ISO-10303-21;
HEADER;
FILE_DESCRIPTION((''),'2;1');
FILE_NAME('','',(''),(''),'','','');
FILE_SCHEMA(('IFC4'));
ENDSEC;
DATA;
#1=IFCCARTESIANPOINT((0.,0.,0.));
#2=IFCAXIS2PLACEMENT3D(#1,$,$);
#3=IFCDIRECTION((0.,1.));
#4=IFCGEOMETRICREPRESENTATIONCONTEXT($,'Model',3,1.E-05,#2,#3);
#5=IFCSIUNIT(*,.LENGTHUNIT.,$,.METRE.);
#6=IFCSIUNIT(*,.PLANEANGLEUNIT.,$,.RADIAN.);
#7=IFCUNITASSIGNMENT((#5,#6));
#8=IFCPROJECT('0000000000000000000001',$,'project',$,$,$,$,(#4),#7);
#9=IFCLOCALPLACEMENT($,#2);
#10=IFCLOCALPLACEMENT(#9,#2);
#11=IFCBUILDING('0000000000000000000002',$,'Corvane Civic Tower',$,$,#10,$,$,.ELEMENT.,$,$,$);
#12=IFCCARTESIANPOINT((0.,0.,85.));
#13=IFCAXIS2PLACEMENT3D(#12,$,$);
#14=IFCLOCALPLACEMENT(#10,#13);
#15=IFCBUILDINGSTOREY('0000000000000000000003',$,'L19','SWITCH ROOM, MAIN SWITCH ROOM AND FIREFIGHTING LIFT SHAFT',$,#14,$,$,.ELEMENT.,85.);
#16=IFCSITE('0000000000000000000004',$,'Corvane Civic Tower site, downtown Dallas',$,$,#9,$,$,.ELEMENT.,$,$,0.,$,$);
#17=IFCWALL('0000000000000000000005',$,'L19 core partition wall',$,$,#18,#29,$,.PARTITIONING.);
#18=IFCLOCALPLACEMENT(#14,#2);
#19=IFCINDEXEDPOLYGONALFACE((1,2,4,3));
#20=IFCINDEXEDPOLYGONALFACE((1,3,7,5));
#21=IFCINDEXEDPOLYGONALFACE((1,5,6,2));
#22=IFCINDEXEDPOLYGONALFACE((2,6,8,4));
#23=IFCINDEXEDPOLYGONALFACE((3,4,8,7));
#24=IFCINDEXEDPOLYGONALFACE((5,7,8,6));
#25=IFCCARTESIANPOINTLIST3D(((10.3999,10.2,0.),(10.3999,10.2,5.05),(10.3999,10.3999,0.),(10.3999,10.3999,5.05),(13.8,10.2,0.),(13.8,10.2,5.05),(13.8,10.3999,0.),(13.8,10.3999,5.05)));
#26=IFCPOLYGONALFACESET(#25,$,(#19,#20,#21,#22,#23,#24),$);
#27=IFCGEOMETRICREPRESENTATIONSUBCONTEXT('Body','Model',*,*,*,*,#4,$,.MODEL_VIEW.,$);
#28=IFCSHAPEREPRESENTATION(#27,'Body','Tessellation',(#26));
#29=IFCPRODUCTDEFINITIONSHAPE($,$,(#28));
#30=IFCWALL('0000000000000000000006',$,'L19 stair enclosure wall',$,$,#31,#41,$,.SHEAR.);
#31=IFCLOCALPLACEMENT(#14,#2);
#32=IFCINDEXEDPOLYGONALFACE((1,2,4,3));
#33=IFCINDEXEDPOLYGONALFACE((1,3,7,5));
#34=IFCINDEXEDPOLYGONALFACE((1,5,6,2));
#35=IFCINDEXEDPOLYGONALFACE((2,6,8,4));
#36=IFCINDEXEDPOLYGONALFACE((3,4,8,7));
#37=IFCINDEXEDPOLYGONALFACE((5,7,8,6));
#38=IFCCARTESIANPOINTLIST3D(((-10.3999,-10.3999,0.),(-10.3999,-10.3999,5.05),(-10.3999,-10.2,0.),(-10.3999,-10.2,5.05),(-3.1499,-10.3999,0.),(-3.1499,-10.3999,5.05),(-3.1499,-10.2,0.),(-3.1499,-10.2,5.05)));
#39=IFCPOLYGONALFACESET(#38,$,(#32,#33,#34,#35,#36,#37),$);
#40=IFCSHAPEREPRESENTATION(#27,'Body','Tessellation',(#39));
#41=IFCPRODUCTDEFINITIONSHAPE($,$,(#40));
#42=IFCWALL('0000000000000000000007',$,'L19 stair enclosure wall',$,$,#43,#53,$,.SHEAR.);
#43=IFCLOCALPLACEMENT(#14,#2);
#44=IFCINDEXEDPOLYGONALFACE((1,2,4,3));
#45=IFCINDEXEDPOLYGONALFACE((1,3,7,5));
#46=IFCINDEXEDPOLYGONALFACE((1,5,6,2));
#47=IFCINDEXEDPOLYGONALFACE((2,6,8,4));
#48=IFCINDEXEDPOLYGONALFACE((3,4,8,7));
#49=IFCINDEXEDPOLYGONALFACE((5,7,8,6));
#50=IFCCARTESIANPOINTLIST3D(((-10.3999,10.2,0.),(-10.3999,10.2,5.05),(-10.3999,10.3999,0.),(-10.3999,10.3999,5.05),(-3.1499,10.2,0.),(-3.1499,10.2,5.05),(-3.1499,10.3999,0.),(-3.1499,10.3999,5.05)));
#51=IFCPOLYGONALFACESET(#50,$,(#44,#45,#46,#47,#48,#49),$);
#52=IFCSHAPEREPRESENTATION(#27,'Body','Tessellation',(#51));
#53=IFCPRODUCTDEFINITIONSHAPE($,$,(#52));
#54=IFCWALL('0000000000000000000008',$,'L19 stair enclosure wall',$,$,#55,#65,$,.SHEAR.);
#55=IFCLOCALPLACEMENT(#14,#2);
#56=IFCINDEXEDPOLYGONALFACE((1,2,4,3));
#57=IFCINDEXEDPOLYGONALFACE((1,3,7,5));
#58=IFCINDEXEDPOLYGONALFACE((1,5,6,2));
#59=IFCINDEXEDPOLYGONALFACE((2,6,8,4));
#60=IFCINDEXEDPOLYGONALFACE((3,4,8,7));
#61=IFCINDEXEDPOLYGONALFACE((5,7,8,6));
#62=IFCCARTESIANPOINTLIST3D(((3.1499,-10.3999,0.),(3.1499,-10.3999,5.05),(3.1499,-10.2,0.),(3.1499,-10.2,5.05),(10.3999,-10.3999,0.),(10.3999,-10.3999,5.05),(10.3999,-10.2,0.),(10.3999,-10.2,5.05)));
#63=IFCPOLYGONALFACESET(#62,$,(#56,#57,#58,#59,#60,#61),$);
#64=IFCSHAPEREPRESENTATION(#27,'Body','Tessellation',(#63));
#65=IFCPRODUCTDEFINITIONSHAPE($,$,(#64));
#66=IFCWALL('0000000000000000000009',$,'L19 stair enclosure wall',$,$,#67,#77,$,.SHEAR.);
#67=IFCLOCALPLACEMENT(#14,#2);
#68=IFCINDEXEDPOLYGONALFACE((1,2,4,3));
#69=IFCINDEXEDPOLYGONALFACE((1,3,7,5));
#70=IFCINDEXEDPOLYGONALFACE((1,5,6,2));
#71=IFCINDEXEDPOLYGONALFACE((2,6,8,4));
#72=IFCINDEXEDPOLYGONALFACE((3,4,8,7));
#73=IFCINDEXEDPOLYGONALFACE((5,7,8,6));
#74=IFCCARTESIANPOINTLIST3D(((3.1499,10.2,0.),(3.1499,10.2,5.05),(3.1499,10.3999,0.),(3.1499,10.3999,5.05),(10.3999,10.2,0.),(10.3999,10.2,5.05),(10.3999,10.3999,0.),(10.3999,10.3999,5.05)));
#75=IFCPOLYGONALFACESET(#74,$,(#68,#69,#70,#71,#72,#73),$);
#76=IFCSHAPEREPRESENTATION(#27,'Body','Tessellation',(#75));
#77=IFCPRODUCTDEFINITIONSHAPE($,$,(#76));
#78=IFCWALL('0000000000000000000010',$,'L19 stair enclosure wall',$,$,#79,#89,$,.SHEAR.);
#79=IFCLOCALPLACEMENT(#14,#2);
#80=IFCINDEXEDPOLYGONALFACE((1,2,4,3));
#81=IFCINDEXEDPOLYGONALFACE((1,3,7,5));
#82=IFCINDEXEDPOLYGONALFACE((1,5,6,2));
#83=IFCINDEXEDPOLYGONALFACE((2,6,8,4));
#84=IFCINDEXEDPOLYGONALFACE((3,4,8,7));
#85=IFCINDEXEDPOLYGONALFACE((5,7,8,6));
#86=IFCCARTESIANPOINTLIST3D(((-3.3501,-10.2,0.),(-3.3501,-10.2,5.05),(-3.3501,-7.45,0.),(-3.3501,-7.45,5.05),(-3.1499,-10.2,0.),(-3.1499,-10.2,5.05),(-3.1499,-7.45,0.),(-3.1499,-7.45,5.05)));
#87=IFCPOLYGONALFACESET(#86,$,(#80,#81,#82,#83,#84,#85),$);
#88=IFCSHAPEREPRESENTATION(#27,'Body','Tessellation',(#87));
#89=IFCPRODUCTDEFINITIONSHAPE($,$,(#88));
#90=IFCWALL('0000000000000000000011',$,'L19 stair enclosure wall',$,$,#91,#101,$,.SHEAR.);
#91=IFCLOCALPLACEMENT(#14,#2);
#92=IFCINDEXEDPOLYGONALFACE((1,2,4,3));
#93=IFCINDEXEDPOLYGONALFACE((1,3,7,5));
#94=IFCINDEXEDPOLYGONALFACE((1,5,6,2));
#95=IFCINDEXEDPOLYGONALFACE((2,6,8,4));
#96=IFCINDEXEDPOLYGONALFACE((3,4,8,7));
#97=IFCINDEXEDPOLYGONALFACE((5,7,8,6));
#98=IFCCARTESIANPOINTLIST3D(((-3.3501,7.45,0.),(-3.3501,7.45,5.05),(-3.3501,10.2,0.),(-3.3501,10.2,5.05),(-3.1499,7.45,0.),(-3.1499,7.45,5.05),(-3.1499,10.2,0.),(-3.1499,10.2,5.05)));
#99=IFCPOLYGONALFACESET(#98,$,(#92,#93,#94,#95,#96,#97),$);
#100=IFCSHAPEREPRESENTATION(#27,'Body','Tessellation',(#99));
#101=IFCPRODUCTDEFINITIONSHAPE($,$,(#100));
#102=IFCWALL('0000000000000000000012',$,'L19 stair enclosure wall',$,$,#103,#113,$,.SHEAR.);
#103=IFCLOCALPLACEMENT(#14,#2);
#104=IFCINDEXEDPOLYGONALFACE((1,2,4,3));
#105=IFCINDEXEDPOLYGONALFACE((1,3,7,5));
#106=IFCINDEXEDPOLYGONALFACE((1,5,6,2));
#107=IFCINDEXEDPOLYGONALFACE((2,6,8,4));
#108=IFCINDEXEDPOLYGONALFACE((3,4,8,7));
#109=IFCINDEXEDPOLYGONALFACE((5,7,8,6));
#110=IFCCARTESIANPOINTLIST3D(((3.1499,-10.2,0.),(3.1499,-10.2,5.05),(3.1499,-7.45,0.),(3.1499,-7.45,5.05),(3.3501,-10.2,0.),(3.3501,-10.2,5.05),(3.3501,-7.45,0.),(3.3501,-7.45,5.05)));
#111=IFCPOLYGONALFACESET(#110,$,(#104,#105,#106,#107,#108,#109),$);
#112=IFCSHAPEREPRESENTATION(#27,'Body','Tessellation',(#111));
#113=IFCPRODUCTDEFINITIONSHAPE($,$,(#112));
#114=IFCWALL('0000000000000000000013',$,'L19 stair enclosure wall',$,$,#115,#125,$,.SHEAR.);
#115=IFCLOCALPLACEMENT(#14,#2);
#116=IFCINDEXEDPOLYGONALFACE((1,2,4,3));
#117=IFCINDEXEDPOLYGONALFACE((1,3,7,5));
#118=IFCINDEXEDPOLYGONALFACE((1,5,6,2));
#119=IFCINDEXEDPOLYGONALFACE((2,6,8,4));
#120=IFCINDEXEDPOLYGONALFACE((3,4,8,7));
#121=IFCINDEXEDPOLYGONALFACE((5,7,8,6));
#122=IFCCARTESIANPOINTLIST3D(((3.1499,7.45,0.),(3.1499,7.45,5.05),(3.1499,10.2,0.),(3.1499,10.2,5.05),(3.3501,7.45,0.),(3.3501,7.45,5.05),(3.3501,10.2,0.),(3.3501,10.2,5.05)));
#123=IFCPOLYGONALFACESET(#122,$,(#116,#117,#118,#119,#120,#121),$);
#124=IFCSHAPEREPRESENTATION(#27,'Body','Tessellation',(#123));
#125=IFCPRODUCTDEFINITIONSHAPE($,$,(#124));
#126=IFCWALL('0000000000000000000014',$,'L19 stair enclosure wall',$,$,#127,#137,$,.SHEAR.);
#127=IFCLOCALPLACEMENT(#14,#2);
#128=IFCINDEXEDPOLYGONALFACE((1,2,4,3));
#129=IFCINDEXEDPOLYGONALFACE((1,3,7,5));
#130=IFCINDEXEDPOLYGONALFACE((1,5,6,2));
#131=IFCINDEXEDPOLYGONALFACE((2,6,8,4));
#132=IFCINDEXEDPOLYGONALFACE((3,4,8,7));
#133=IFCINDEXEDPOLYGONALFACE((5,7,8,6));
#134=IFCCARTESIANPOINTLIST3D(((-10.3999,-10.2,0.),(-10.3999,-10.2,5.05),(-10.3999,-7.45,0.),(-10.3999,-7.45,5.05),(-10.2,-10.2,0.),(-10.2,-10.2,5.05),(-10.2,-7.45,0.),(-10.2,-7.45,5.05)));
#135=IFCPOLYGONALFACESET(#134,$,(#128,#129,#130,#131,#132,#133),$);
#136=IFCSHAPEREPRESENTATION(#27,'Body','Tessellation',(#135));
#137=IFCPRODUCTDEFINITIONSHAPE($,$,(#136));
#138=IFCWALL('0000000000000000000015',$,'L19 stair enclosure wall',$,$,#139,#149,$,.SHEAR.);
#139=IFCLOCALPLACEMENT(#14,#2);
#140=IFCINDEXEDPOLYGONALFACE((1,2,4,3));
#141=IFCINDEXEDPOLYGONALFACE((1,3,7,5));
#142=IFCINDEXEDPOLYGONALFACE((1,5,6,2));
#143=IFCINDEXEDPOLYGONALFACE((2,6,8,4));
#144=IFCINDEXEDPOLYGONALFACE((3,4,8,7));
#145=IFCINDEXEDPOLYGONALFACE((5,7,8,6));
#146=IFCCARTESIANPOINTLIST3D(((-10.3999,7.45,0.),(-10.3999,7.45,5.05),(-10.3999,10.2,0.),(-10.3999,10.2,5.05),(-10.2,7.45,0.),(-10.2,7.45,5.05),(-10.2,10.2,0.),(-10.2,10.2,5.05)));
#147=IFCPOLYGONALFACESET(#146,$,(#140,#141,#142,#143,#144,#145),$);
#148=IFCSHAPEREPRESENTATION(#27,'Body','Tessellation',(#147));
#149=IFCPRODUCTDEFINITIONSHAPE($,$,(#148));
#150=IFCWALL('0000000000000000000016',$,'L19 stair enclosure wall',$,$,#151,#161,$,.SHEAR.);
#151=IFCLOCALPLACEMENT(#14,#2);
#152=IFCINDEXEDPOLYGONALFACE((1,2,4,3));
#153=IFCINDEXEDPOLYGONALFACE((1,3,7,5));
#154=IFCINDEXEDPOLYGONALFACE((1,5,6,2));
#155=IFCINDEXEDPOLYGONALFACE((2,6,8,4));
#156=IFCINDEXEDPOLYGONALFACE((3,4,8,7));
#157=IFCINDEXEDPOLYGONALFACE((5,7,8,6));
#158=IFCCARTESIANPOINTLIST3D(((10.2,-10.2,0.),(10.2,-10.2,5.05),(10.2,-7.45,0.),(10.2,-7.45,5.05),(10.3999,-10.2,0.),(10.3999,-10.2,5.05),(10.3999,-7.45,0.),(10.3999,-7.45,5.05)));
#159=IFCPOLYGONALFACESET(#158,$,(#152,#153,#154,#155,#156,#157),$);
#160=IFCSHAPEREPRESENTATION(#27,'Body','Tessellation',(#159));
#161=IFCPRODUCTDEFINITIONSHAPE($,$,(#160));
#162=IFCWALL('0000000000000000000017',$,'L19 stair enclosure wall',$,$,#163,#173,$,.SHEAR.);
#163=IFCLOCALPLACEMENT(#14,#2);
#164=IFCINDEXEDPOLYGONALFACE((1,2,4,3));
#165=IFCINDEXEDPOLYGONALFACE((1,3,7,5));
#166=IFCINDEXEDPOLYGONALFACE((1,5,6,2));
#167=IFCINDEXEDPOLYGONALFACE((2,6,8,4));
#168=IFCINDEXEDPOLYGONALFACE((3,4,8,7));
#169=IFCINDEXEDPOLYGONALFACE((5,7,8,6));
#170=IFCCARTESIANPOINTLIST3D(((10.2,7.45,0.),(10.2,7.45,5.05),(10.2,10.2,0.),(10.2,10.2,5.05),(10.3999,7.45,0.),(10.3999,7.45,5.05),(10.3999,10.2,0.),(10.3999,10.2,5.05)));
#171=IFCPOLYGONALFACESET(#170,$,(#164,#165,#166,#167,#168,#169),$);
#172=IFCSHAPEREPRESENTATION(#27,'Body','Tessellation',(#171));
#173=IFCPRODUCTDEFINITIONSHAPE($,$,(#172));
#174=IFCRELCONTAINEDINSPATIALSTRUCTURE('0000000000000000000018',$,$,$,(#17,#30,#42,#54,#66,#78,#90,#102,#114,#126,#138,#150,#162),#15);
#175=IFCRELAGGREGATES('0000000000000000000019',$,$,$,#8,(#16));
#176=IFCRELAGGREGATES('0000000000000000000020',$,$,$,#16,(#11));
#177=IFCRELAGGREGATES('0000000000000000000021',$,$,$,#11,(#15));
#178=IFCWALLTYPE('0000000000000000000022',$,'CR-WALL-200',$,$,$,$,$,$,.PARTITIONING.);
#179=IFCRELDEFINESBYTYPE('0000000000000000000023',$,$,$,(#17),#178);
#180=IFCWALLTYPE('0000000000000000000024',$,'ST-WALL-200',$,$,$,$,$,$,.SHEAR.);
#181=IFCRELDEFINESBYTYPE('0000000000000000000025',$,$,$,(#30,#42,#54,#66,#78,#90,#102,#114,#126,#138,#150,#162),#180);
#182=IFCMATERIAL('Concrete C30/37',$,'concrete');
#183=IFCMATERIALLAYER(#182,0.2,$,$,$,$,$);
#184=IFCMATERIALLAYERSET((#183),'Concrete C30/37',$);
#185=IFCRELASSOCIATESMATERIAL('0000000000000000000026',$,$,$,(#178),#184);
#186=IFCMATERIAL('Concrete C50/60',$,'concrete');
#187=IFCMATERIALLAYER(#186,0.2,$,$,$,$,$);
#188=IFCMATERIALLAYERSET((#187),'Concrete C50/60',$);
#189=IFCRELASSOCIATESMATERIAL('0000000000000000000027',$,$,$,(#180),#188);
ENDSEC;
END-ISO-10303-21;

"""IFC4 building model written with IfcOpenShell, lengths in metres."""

from ifc_helpers import new_model, si_unit, direction, frame, origin, place, context, subcontext, project, spatial, polyline, outline, extrude, material, layer, layer_set, type_object, element, save


model = new_model("IFC4")

# Units and contexts
model_context = context("Model", 3, precision=1e-05, world=origin(), true_north=direction((0.0, 1.0)))
body_context = subcontext(model_context, "Body", "Model", "MODEL_VIEW")
ifc_project = project(units=[si_unit("LENGTHUNIT", "METRE"), si_unit("PLANEANGLEUNIT", "RADIAN")], contexts=[model_context])

# Site, building, storey
site_placement = place(None, origin())
site = spatial("IfcSite", under=ifc_project, at=site_placement, Name="Corvane Civic Tower site, downtown Dallas", CompositionType="ELEMENT", RefElevation=0.0)
building_placement = place(site_placement, origin())
building = spatial("IfcBuilding", under=site, at=building_placement, Name="Corvane Civic Tower", CompositionType="ELEMENT")
storey_placement = place(building_placement, frame((0.0, 0.0, 85.0)))
storey = spatial("IfcBuildingStorey", under=building, at=storey_placement, Name="L19", Description="SWITCH ROOM, MAIN SWITCH ROOM AND FIREFIGHTING LIFT SHAFT", CompositionType="ELEMENT", Elevation=85.0)

# Walls
ifc_material_1 = material(Name="Concrete C30/37", Category="concrete")
ifc_layer_1 = layer(ifc_material_1, 0.2)
ifc_layer_set_1 = layer_set([ifc_layer_1], Name="Concrete C30/37")
wall_type_1 = type_object("IfcWallType", Name="CR-WALL-200", PredefinedType="PARTITIONING", material=ifc_layer_set_1)
wall_1_placement = place(storey_placement, origin())
element("IfcWall", 1, at=wall_1_placement, inside=storey, type_object=wall_type_1, Name="L19 core partition wall", PredefinedType="PARTITIONING", context=body_context, shape_type="SweptSolid", body=[
    extrude(outline(polyline([(10.3999, 10.2), (10.3999, 10.3999), (13.8, 10.3999), (13.8, 10.2), (10.3999, 10.2)])), origin(), (0.0, 0.0, 1.0), 5.05),
])
ifc_material_2 = material(Name="Concrete C50/60", Category="concrete")
ifc_layer_2 = layer(ifc_material_2, 0.2)
ifc_layer_set_2 = layer_set([ifc_layer_2], Name="Concrete C50/60")
wall_type_2 = type_object("IfcWallType", Name="ST-WALL-200", PredefinedType="SHEAR", material=ifc_layer_set_2)
wall_2_placement = place(storey_placement, origin())
element("IfcWall", 2, at=wall_2_placement, inside=storey, type_object=wall_type_2, Name="L19 stair enclosure wall", PredefinedType="SHEAR", context=body_context, shape_type="SweptSolid", body=[
    extrude(outline(polyline([(-3.1499, -10.2), (-3.1499, -10.3999), (-10.3999, -10.3999), (-10.3999, -10.2), (-3.1499, -10.2)])), origin(), (0.0, 0.0, 1.0), 5.05),
])
wall_3_placement = place(storey_placement, origin())
element("IfcWall", 3, at=wall_3_placement, inside=storey, type_object=wall_type_2, Name="L19 stair enclosure wall", PredefinedType="SHEAR", context=body_context, shape_type="SweptSolid", body=[
    extrude(outline(polyline([(-3.1499, 10.2), (-10.3999, 10.2), (-10.3999, 10.3999), (-3.1499, 10.3999), (-3.1499, 10.2)])), origin(), (0.0, 0.0, 1.0), 5.05),
])
wall_4_placement = place(storey_placement, origin())
element("IfcWall", 4, at=wall_4_placement, inside=storey, type_object=wall_type_2, Name="L19 stair enclosure wall", PredefinedType="SHEAR", context=body_context, shape_type="SweptSolid", body=[
    extrude(outline(polyline([(10.3999, -10.3999), (3.1499, -10.3999), (3.1499, -10.2), (10.3999, -10.2), (10.3999, -10.3999)])), origin(), (0.0, 0.0, 1.0), 5.05),
])
wall_5_placement = place(storey_placement, origin())
element("IfcWall", 5, at=wall_5_placement, inside=storey, type_object=wall_type_2, Name="L19 stair enclosure wall", PredefinedType="SHEAR", context=body_context, shape_type="SweptSolid", body=[
    extrude(outline(polyline([(10.3999, 10.2), (3.1499, 10.2), (3.1499, 10.3999), (10.3999, 10.3999), (10.3999, 10.2)])), origin(), (0.0, 0.0, 1.0), 5.05),
])
wall_6_placement = place(storey_placement, origin())
element("IfcWall", 6, at=wall_6_placement, inside=storey, type_object=wall_type_2, Name="L19 stair enclosure wall", PredefinedType="SHEAR", context=body_context, shape_type="SweptSolid", body=[
    extrude(outline(polyline([(-3.1499, -7.45), (-3.1499, -10.2), (-3.3501, -10.2), (-3.3501, -7.45), (-3.1499, -7.45)])), origin(), (0.0, 0.0, 1.0), 5.05),
])
wall_7_placement = place(storey_placement, origin())
element("IfcWall", 7, at=wall_7_placement, inside=storey, type_object=wall_type_2, Name="L19 stair enclosure wall", PredefinedType="SHEAR", context=body_context, shape_type="SweptSolid", body=[
    extrude(outline(polyline([(-3.1499, 7.45), (-3.3501, 7.45), (-3.3501, 10.2), (-3.1499, 10.2), (-3.1499, 7.45)])), origin(), (0.0, 0.0, 1.0), 5.05),
])
wall_8_placement = place(storey_placement, origin())
element("IfcWall", 8, at=wall_8_placement, inside=storey, type_object=wall_type_2, Name="L19 stair enclosure wall", PredefinedType="SHEAR", context=body_context, shape_type="SweptSolid", body=[
    extrude(outline(polyline([(3.3501, -7.45), (3.3501, -10.2), (3.1499, -10.2), (3.1499, -7.45), (3.3501, -7.45)])), origin(), (0.0, 0.0, 1.0), 5.05),
])
wall_9_placement = place(storey_placement, origin())
element("IfcWall", 9, at=wall_9_placement, inside=storey, type_object=wall_type_2, Name="L19 stair enclosure wall", PredefinedType="SHEAR", context=body_context, shape_type="SweptSolid", body=[
    extrude(outline(polyline([(3.3501, 7.45), (3.1499, 7.45), (3.1499, 10.2), (3.3501, 10.2), (3.3501, 7.45)])), origin(), (0.0, 0.0, 1.0), 5.05),
])
wall_10_placement = place(storey_placement, origin())
element("IfcWall", 10, at=wall_10_placement, inside=storey, type_object=wall_type_2, Name="L19 stair enclosure wall", PredefinedType="SHEAR", context=body_context, shape_type="SweptSolid", body=[
    extrude(outline(polyline([(-10.2, -7.45), (-10.2, -10.2), (-10.3999, -10.2), (-10.3999, -7.45), (-10.2, -7.45)])), origin(), (0.0, 0.0, 1.0), 5.05),
])
wall_11_placement = place(storey_placement, origin())
element("IfcWall", 11, at=wall_11_placement, inside=storey, type_object=wall_type_2, Name="L19 stair enclosure wall", PredefinedType="SHEAR", context=body_context, shape_type="SweptSolid", body=[
    extrude(outline(polyline([(-10.2, 7.45), (-10.3999, 7.45), (-10.3999, 10.2), (-10.2, 10.2), (-10.2, 7.45)])), origin(), (0.0, 0.0, 1.0), 5.05),
])
wall_12_placement = place(storey_placement, origin())
element("IfcWall", 12, at=wall_12_placement, inside=storey, type_object=wall_type_2, Name="L19 stair enclosure wall", PredefinedType="SHEAR", context=body_context, shape_type="SweptSolid", body=[
    extrude(outline(polyline([(10.3999, -7.45), (10.3999, -10.2), (10.2, -10.2), (10.2, -7.45), (10.3999, -7.45)])), origin(), (0.0, 0.0, 1.0), 5.05),
])
wall_13_placement = place(storey_placement, origin())
element("IfcWall", 13, at=wall_13_placement, inside=storey, type_object=wall_type_2, Name="L19 stair enclosure wall", PredefinedType="SHEAR", context=body_context, shape_type="SweptSolid", body=[
    extrude(outline(polyline([(10.3999, 7.45), (10.2, 7.45), (10.2, 10.2), (10.3999, 10.2), (10.3999, 7.45)])), origin(), (0.0, 0.0, 1.0), 5.05),
])

save(model, "model.ifc")
